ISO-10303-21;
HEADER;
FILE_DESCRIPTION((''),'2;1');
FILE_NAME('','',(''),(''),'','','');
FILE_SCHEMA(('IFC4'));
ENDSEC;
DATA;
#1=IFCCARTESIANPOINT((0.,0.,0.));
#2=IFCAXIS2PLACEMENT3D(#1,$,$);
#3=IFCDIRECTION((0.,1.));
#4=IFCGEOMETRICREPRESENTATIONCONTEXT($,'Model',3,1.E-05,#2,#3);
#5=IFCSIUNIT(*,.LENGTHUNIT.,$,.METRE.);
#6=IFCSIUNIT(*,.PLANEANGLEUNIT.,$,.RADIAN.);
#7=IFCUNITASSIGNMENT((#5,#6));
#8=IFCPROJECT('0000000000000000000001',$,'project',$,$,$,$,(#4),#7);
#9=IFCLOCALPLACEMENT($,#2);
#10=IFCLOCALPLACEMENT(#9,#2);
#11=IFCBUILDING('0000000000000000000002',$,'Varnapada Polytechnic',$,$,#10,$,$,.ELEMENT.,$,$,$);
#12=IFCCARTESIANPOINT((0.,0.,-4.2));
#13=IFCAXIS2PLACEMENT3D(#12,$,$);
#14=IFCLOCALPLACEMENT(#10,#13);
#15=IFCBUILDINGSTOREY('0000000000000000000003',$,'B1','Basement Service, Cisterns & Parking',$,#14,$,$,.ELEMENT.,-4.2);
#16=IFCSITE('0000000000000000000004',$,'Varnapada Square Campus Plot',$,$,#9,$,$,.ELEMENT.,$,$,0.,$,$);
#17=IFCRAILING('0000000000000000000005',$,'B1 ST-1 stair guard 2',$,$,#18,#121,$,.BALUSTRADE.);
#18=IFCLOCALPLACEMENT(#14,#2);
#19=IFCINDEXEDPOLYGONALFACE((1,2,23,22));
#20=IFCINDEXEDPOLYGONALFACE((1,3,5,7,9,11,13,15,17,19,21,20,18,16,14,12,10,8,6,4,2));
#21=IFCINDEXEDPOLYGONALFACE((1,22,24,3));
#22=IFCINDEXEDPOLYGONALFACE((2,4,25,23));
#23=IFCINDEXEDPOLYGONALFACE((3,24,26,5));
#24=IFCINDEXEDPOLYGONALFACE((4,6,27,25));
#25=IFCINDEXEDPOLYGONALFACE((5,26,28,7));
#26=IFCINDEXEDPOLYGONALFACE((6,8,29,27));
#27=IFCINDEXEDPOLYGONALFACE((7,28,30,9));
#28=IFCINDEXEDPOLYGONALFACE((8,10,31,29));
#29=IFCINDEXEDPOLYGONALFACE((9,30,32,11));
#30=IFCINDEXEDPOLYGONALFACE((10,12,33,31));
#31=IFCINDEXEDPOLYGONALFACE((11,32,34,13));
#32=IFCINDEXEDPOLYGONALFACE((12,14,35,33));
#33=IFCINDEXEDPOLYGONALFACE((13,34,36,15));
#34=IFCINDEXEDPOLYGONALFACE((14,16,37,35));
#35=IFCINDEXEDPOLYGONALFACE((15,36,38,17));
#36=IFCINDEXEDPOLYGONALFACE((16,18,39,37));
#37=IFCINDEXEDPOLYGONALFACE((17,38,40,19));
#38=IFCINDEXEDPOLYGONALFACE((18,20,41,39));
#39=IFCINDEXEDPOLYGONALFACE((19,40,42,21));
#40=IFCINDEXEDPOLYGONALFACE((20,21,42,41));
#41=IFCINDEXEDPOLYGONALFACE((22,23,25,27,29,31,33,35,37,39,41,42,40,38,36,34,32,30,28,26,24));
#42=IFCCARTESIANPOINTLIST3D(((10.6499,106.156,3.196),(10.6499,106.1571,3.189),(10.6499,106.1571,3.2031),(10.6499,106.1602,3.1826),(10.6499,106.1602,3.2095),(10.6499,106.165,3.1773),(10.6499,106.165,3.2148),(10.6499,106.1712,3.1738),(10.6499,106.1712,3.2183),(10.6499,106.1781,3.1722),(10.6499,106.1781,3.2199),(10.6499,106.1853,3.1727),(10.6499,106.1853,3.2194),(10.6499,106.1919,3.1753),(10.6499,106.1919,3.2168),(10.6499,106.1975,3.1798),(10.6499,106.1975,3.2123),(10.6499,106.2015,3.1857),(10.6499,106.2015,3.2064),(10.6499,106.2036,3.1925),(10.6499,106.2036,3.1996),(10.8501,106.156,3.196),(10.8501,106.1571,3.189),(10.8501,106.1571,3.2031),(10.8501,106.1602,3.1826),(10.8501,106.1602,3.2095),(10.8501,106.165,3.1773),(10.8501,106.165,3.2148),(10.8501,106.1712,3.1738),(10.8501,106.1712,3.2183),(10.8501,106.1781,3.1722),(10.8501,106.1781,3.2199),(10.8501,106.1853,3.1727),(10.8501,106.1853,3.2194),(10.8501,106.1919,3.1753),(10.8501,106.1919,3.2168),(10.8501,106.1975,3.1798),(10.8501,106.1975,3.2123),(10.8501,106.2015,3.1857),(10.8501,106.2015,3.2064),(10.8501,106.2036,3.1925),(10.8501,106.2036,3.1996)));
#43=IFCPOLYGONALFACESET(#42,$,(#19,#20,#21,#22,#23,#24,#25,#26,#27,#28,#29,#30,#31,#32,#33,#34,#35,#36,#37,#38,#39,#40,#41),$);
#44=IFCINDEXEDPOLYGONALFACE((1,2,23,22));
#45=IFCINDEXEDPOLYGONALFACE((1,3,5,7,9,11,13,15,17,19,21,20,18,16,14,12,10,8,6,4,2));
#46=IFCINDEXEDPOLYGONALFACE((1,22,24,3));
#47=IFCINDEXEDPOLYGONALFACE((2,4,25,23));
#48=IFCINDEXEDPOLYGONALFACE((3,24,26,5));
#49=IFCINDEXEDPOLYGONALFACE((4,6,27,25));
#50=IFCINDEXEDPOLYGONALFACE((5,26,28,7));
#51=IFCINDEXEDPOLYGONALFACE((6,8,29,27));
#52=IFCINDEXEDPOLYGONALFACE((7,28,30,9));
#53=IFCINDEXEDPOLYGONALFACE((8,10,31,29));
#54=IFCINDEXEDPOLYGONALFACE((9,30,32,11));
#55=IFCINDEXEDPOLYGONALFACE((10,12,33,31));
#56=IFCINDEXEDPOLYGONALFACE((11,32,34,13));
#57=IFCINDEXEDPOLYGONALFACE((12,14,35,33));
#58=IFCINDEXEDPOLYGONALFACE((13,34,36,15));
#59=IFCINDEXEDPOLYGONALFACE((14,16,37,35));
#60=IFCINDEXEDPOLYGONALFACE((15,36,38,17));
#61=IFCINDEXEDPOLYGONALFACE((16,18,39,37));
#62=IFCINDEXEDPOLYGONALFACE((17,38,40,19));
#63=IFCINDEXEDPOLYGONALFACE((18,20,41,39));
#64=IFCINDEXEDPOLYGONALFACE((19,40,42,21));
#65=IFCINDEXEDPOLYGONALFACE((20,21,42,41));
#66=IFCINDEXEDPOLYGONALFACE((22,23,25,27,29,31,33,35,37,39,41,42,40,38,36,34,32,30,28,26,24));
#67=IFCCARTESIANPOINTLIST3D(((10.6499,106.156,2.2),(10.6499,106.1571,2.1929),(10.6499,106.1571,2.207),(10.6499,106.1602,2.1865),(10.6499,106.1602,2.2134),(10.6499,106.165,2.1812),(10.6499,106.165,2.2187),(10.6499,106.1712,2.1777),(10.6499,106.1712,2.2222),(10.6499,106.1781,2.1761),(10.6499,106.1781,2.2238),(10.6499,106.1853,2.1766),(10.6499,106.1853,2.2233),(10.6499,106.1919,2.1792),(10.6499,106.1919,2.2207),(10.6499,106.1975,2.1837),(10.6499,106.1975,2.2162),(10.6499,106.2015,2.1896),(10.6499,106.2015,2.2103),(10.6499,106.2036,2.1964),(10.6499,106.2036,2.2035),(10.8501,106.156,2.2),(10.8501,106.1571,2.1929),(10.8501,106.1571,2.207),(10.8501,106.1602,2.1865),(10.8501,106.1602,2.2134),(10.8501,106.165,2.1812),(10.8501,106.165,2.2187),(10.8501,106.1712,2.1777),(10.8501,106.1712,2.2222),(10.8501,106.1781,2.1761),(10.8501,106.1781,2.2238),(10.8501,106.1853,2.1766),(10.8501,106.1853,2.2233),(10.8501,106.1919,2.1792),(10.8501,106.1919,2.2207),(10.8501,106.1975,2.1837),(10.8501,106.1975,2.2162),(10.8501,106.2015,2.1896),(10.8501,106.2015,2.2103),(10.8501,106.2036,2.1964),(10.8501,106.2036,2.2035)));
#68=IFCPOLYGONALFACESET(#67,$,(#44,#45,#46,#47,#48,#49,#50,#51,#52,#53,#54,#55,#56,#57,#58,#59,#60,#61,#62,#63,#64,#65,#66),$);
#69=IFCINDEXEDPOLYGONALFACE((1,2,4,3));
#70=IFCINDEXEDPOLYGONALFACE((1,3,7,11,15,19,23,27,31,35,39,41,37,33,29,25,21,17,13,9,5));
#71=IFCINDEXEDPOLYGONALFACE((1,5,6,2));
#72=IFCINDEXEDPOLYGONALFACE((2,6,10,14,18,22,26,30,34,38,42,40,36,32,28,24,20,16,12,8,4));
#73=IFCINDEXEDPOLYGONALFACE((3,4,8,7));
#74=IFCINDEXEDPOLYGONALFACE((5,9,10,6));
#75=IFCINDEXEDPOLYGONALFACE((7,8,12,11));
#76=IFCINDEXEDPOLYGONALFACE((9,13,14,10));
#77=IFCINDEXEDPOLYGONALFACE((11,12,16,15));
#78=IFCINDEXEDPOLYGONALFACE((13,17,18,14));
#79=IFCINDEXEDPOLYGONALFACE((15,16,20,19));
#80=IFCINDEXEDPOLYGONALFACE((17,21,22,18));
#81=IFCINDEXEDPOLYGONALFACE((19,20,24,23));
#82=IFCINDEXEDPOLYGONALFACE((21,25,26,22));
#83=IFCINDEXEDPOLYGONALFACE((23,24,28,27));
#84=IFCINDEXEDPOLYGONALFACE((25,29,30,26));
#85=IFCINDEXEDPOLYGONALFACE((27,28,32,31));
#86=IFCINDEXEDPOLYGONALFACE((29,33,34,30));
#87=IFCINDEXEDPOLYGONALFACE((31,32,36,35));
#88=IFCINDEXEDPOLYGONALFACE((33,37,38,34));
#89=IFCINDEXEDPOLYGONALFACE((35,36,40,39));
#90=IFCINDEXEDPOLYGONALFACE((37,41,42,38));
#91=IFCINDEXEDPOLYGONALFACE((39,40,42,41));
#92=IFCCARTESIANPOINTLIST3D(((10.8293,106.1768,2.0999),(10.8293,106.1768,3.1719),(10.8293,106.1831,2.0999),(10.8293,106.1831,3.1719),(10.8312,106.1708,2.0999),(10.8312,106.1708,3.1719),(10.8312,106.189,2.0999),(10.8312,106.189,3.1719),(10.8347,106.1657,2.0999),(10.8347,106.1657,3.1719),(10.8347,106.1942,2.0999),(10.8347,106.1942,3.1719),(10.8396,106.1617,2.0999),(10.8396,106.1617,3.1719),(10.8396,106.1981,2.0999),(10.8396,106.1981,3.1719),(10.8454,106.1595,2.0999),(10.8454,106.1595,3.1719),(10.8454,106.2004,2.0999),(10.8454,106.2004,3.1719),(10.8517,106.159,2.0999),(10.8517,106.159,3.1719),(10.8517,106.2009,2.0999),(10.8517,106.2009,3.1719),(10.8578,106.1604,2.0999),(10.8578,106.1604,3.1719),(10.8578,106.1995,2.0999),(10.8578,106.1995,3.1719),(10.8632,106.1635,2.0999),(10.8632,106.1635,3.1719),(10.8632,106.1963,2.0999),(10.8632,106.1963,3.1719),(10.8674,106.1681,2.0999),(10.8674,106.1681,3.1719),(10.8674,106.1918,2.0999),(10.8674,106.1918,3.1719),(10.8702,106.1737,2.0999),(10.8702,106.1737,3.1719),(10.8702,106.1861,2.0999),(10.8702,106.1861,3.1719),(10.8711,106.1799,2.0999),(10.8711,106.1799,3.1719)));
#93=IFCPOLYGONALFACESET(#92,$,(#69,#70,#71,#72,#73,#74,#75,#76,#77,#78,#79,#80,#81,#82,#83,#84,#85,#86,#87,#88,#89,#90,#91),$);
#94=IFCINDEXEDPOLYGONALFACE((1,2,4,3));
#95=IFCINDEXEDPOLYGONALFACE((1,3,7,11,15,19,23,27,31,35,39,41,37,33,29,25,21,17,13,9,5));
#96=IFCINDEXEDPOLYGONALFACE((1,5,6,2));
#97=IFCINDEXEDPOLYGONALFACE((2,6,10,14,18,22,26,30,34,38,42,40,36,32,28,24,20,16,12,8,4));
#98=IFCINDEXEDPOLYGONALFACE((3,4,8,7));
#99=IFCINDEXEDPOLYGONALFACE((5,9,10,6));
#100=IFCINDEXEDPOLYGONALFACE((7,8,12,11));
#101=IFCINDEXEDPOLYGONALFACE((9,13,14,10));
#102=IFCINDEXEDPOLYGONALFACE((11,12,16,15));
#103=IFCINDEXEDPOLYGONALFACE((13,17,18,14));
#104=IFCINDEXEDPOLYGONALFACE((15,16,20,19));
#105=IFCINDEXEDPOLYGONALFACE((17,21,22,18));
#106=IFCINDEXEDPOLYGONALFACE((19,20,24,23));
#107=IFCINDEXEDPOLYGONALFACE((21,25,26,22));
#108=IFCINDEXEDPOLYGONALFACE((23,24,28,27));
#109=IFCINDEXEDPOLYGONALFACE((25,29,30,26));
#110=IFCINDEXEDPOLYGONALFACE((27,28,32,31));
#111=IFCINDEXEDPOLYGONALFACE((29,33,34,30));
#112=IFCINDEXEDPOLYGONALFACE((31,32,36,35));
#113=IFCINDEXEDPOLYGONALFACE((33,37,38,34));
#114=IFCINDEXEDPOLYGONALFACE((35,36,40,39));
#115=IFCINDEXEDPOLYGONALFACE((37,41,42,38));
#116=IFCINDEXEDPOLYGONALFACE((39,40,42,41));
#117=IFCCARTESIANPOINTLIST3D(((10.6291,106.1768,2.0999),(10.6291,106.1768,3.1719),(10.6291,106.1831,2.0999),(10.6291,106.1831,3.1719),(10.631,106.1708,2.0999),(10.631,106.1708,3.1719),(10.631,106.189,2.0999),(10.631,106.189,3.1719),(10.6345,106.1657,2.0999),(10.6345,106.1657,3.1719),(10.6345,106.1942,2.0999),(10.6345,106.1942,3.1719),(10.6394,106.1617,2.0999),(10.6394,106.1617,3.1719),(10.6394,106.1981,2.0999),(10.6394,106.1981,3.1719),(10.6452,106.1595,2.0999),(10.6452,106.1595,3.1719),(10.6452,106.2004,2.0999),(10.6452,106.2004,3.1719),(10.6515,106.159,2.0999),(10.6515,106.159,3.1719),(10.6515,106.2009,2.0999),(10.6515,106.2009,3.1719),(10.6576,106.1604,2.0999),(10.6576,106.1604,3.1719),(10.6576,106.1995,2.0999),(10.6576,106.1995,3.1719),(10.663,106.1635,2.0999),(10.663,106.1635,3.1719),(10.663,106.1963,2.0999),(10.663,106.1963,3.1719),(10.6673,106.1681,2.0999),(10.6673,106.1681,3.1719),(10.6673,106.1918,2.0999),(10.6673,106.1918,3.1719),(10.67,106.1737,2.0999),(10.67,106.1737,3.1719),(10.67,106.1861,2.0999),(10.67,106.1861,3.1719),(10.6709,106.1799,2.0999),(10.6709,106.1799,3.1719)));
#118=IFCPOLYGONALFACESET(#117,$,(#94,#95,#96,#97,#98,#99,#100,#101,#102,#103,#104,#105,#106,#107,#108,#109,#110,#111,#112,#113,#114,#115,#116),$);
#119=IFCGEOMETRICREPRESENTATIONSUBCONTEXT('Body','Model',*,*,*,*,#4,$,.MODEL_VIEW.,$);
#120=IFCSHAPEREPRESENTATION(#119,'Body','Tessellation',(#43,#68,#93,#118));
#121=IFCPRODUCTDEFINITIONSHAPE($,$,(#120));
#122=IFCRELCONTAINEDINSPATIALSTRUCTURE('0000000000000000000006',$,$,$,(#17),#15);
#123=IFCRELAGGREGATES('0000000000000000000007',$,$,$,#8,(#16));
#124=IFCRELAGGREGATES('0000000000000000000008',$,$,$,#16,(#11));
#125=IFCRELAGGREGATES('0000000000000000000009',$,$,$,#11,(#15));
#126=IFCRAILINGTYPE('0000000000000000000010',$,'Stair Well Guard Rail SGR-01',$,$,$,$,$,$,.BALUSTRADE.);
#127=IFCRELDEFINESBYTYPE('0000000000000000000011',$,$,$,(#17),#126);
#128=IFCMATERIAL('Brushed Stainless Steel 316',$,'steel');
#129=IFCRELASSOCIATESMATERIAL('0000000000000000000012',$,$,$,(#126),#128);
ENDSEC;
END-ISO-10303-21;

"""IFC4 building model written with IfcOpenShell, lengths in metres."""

from ifc_helpers import new_model, si_unit, direction, frame, origin, origin_2d, place, context, subcontext, project, spatial, circle, extrude, material, type_object, element, save


model = new_model("IFC4")

# Units and contexts
model_context = context("Model", 3, precision=1e-05, world=origin(), true_north=direction((0.0, 1.0)))
body_context = subcontext(model_context, "Body", "Model", "MODEL_VIEW")
ifc_project = project(units=[si_unit("LENGTHUNIT", "METRE"), si_unit("PLANEANGLEUNIT", "RADIAN")], contexts=[model_context])

# Site, building, storey
site_placement = place(None, origin())
site = spatial("IfcSite", under=ifc_project, at=site_placement, Name="Varnapada Square Campus Plot", CompositionType="ELEMENT", RefElevation=0.0)
building_placement = place(site_placement, origin())
building = spatial("IfcBuilding", under=site, at=building_placement, Name="Varnapada Polytechnic", CompositionType="ELEMENT")
storey_placement = place(building_placement, frame((0.0, 0.0, -4.2)))
storey = spatial("IfcBuildingStorey", under=building, at=storey_placement, Name="B1", Description="Basement Service, Cisterns & Parking", CompositionType="ELEMENT", Elevation=-4.2)

# Shared definitions
ifc_material_1 = material(Name="Brushed Stainless Steel 316", Category="steel")

# Railing
railing_type_1 = type_object("IfcRailingType", Name="Stair Well Guard Rail SGR-01", PredefinedType="BALUSTRADE", material=ifc_material_1)
railing_1_placement = place(storey_placement, frame((10.8501, 106.1799, 2.0999)))
element("IfcRailing", 1, at=railing_1_placement, inside=storey, type_object=railing_type_1, Name="B1 ST-1 stair guard 2", PredefinedType="BALUSTRADE", context=body_context, shape_type="SweptSolid", body=[
    extrude(circle(Radius=0.0239, at=origin_2d()), frame((0.0, 0.0, 1.0962), z_axis=(-1.0, 0.0, 0.0), x_axis=(0.0, -1.0, 0.0)), (0.0, 0.0, 1.0), 0.2002),
    extrude(circle(Radius=0.0239, at=origin_2d()), frame((0.0, 0.0, 0.1001), z_axis=(-1.0, 0.0, 0.0), x_axis=(0.0, -1.0, 0.0)), (0.0, 0.0, 1.0), 0.2002),
    extrude(circle(Radius=0.021, at=origin_2d()), origin(), (0.0, 0.0, 1.0), 1.072),
    extrude(circle(Radius=0.021, at=origin_2d()), frame((-0.2002, 0.0, 0.0)), (0.0, 0.0, 1.0), 1.072),
])

save(model, "model.ifc")
